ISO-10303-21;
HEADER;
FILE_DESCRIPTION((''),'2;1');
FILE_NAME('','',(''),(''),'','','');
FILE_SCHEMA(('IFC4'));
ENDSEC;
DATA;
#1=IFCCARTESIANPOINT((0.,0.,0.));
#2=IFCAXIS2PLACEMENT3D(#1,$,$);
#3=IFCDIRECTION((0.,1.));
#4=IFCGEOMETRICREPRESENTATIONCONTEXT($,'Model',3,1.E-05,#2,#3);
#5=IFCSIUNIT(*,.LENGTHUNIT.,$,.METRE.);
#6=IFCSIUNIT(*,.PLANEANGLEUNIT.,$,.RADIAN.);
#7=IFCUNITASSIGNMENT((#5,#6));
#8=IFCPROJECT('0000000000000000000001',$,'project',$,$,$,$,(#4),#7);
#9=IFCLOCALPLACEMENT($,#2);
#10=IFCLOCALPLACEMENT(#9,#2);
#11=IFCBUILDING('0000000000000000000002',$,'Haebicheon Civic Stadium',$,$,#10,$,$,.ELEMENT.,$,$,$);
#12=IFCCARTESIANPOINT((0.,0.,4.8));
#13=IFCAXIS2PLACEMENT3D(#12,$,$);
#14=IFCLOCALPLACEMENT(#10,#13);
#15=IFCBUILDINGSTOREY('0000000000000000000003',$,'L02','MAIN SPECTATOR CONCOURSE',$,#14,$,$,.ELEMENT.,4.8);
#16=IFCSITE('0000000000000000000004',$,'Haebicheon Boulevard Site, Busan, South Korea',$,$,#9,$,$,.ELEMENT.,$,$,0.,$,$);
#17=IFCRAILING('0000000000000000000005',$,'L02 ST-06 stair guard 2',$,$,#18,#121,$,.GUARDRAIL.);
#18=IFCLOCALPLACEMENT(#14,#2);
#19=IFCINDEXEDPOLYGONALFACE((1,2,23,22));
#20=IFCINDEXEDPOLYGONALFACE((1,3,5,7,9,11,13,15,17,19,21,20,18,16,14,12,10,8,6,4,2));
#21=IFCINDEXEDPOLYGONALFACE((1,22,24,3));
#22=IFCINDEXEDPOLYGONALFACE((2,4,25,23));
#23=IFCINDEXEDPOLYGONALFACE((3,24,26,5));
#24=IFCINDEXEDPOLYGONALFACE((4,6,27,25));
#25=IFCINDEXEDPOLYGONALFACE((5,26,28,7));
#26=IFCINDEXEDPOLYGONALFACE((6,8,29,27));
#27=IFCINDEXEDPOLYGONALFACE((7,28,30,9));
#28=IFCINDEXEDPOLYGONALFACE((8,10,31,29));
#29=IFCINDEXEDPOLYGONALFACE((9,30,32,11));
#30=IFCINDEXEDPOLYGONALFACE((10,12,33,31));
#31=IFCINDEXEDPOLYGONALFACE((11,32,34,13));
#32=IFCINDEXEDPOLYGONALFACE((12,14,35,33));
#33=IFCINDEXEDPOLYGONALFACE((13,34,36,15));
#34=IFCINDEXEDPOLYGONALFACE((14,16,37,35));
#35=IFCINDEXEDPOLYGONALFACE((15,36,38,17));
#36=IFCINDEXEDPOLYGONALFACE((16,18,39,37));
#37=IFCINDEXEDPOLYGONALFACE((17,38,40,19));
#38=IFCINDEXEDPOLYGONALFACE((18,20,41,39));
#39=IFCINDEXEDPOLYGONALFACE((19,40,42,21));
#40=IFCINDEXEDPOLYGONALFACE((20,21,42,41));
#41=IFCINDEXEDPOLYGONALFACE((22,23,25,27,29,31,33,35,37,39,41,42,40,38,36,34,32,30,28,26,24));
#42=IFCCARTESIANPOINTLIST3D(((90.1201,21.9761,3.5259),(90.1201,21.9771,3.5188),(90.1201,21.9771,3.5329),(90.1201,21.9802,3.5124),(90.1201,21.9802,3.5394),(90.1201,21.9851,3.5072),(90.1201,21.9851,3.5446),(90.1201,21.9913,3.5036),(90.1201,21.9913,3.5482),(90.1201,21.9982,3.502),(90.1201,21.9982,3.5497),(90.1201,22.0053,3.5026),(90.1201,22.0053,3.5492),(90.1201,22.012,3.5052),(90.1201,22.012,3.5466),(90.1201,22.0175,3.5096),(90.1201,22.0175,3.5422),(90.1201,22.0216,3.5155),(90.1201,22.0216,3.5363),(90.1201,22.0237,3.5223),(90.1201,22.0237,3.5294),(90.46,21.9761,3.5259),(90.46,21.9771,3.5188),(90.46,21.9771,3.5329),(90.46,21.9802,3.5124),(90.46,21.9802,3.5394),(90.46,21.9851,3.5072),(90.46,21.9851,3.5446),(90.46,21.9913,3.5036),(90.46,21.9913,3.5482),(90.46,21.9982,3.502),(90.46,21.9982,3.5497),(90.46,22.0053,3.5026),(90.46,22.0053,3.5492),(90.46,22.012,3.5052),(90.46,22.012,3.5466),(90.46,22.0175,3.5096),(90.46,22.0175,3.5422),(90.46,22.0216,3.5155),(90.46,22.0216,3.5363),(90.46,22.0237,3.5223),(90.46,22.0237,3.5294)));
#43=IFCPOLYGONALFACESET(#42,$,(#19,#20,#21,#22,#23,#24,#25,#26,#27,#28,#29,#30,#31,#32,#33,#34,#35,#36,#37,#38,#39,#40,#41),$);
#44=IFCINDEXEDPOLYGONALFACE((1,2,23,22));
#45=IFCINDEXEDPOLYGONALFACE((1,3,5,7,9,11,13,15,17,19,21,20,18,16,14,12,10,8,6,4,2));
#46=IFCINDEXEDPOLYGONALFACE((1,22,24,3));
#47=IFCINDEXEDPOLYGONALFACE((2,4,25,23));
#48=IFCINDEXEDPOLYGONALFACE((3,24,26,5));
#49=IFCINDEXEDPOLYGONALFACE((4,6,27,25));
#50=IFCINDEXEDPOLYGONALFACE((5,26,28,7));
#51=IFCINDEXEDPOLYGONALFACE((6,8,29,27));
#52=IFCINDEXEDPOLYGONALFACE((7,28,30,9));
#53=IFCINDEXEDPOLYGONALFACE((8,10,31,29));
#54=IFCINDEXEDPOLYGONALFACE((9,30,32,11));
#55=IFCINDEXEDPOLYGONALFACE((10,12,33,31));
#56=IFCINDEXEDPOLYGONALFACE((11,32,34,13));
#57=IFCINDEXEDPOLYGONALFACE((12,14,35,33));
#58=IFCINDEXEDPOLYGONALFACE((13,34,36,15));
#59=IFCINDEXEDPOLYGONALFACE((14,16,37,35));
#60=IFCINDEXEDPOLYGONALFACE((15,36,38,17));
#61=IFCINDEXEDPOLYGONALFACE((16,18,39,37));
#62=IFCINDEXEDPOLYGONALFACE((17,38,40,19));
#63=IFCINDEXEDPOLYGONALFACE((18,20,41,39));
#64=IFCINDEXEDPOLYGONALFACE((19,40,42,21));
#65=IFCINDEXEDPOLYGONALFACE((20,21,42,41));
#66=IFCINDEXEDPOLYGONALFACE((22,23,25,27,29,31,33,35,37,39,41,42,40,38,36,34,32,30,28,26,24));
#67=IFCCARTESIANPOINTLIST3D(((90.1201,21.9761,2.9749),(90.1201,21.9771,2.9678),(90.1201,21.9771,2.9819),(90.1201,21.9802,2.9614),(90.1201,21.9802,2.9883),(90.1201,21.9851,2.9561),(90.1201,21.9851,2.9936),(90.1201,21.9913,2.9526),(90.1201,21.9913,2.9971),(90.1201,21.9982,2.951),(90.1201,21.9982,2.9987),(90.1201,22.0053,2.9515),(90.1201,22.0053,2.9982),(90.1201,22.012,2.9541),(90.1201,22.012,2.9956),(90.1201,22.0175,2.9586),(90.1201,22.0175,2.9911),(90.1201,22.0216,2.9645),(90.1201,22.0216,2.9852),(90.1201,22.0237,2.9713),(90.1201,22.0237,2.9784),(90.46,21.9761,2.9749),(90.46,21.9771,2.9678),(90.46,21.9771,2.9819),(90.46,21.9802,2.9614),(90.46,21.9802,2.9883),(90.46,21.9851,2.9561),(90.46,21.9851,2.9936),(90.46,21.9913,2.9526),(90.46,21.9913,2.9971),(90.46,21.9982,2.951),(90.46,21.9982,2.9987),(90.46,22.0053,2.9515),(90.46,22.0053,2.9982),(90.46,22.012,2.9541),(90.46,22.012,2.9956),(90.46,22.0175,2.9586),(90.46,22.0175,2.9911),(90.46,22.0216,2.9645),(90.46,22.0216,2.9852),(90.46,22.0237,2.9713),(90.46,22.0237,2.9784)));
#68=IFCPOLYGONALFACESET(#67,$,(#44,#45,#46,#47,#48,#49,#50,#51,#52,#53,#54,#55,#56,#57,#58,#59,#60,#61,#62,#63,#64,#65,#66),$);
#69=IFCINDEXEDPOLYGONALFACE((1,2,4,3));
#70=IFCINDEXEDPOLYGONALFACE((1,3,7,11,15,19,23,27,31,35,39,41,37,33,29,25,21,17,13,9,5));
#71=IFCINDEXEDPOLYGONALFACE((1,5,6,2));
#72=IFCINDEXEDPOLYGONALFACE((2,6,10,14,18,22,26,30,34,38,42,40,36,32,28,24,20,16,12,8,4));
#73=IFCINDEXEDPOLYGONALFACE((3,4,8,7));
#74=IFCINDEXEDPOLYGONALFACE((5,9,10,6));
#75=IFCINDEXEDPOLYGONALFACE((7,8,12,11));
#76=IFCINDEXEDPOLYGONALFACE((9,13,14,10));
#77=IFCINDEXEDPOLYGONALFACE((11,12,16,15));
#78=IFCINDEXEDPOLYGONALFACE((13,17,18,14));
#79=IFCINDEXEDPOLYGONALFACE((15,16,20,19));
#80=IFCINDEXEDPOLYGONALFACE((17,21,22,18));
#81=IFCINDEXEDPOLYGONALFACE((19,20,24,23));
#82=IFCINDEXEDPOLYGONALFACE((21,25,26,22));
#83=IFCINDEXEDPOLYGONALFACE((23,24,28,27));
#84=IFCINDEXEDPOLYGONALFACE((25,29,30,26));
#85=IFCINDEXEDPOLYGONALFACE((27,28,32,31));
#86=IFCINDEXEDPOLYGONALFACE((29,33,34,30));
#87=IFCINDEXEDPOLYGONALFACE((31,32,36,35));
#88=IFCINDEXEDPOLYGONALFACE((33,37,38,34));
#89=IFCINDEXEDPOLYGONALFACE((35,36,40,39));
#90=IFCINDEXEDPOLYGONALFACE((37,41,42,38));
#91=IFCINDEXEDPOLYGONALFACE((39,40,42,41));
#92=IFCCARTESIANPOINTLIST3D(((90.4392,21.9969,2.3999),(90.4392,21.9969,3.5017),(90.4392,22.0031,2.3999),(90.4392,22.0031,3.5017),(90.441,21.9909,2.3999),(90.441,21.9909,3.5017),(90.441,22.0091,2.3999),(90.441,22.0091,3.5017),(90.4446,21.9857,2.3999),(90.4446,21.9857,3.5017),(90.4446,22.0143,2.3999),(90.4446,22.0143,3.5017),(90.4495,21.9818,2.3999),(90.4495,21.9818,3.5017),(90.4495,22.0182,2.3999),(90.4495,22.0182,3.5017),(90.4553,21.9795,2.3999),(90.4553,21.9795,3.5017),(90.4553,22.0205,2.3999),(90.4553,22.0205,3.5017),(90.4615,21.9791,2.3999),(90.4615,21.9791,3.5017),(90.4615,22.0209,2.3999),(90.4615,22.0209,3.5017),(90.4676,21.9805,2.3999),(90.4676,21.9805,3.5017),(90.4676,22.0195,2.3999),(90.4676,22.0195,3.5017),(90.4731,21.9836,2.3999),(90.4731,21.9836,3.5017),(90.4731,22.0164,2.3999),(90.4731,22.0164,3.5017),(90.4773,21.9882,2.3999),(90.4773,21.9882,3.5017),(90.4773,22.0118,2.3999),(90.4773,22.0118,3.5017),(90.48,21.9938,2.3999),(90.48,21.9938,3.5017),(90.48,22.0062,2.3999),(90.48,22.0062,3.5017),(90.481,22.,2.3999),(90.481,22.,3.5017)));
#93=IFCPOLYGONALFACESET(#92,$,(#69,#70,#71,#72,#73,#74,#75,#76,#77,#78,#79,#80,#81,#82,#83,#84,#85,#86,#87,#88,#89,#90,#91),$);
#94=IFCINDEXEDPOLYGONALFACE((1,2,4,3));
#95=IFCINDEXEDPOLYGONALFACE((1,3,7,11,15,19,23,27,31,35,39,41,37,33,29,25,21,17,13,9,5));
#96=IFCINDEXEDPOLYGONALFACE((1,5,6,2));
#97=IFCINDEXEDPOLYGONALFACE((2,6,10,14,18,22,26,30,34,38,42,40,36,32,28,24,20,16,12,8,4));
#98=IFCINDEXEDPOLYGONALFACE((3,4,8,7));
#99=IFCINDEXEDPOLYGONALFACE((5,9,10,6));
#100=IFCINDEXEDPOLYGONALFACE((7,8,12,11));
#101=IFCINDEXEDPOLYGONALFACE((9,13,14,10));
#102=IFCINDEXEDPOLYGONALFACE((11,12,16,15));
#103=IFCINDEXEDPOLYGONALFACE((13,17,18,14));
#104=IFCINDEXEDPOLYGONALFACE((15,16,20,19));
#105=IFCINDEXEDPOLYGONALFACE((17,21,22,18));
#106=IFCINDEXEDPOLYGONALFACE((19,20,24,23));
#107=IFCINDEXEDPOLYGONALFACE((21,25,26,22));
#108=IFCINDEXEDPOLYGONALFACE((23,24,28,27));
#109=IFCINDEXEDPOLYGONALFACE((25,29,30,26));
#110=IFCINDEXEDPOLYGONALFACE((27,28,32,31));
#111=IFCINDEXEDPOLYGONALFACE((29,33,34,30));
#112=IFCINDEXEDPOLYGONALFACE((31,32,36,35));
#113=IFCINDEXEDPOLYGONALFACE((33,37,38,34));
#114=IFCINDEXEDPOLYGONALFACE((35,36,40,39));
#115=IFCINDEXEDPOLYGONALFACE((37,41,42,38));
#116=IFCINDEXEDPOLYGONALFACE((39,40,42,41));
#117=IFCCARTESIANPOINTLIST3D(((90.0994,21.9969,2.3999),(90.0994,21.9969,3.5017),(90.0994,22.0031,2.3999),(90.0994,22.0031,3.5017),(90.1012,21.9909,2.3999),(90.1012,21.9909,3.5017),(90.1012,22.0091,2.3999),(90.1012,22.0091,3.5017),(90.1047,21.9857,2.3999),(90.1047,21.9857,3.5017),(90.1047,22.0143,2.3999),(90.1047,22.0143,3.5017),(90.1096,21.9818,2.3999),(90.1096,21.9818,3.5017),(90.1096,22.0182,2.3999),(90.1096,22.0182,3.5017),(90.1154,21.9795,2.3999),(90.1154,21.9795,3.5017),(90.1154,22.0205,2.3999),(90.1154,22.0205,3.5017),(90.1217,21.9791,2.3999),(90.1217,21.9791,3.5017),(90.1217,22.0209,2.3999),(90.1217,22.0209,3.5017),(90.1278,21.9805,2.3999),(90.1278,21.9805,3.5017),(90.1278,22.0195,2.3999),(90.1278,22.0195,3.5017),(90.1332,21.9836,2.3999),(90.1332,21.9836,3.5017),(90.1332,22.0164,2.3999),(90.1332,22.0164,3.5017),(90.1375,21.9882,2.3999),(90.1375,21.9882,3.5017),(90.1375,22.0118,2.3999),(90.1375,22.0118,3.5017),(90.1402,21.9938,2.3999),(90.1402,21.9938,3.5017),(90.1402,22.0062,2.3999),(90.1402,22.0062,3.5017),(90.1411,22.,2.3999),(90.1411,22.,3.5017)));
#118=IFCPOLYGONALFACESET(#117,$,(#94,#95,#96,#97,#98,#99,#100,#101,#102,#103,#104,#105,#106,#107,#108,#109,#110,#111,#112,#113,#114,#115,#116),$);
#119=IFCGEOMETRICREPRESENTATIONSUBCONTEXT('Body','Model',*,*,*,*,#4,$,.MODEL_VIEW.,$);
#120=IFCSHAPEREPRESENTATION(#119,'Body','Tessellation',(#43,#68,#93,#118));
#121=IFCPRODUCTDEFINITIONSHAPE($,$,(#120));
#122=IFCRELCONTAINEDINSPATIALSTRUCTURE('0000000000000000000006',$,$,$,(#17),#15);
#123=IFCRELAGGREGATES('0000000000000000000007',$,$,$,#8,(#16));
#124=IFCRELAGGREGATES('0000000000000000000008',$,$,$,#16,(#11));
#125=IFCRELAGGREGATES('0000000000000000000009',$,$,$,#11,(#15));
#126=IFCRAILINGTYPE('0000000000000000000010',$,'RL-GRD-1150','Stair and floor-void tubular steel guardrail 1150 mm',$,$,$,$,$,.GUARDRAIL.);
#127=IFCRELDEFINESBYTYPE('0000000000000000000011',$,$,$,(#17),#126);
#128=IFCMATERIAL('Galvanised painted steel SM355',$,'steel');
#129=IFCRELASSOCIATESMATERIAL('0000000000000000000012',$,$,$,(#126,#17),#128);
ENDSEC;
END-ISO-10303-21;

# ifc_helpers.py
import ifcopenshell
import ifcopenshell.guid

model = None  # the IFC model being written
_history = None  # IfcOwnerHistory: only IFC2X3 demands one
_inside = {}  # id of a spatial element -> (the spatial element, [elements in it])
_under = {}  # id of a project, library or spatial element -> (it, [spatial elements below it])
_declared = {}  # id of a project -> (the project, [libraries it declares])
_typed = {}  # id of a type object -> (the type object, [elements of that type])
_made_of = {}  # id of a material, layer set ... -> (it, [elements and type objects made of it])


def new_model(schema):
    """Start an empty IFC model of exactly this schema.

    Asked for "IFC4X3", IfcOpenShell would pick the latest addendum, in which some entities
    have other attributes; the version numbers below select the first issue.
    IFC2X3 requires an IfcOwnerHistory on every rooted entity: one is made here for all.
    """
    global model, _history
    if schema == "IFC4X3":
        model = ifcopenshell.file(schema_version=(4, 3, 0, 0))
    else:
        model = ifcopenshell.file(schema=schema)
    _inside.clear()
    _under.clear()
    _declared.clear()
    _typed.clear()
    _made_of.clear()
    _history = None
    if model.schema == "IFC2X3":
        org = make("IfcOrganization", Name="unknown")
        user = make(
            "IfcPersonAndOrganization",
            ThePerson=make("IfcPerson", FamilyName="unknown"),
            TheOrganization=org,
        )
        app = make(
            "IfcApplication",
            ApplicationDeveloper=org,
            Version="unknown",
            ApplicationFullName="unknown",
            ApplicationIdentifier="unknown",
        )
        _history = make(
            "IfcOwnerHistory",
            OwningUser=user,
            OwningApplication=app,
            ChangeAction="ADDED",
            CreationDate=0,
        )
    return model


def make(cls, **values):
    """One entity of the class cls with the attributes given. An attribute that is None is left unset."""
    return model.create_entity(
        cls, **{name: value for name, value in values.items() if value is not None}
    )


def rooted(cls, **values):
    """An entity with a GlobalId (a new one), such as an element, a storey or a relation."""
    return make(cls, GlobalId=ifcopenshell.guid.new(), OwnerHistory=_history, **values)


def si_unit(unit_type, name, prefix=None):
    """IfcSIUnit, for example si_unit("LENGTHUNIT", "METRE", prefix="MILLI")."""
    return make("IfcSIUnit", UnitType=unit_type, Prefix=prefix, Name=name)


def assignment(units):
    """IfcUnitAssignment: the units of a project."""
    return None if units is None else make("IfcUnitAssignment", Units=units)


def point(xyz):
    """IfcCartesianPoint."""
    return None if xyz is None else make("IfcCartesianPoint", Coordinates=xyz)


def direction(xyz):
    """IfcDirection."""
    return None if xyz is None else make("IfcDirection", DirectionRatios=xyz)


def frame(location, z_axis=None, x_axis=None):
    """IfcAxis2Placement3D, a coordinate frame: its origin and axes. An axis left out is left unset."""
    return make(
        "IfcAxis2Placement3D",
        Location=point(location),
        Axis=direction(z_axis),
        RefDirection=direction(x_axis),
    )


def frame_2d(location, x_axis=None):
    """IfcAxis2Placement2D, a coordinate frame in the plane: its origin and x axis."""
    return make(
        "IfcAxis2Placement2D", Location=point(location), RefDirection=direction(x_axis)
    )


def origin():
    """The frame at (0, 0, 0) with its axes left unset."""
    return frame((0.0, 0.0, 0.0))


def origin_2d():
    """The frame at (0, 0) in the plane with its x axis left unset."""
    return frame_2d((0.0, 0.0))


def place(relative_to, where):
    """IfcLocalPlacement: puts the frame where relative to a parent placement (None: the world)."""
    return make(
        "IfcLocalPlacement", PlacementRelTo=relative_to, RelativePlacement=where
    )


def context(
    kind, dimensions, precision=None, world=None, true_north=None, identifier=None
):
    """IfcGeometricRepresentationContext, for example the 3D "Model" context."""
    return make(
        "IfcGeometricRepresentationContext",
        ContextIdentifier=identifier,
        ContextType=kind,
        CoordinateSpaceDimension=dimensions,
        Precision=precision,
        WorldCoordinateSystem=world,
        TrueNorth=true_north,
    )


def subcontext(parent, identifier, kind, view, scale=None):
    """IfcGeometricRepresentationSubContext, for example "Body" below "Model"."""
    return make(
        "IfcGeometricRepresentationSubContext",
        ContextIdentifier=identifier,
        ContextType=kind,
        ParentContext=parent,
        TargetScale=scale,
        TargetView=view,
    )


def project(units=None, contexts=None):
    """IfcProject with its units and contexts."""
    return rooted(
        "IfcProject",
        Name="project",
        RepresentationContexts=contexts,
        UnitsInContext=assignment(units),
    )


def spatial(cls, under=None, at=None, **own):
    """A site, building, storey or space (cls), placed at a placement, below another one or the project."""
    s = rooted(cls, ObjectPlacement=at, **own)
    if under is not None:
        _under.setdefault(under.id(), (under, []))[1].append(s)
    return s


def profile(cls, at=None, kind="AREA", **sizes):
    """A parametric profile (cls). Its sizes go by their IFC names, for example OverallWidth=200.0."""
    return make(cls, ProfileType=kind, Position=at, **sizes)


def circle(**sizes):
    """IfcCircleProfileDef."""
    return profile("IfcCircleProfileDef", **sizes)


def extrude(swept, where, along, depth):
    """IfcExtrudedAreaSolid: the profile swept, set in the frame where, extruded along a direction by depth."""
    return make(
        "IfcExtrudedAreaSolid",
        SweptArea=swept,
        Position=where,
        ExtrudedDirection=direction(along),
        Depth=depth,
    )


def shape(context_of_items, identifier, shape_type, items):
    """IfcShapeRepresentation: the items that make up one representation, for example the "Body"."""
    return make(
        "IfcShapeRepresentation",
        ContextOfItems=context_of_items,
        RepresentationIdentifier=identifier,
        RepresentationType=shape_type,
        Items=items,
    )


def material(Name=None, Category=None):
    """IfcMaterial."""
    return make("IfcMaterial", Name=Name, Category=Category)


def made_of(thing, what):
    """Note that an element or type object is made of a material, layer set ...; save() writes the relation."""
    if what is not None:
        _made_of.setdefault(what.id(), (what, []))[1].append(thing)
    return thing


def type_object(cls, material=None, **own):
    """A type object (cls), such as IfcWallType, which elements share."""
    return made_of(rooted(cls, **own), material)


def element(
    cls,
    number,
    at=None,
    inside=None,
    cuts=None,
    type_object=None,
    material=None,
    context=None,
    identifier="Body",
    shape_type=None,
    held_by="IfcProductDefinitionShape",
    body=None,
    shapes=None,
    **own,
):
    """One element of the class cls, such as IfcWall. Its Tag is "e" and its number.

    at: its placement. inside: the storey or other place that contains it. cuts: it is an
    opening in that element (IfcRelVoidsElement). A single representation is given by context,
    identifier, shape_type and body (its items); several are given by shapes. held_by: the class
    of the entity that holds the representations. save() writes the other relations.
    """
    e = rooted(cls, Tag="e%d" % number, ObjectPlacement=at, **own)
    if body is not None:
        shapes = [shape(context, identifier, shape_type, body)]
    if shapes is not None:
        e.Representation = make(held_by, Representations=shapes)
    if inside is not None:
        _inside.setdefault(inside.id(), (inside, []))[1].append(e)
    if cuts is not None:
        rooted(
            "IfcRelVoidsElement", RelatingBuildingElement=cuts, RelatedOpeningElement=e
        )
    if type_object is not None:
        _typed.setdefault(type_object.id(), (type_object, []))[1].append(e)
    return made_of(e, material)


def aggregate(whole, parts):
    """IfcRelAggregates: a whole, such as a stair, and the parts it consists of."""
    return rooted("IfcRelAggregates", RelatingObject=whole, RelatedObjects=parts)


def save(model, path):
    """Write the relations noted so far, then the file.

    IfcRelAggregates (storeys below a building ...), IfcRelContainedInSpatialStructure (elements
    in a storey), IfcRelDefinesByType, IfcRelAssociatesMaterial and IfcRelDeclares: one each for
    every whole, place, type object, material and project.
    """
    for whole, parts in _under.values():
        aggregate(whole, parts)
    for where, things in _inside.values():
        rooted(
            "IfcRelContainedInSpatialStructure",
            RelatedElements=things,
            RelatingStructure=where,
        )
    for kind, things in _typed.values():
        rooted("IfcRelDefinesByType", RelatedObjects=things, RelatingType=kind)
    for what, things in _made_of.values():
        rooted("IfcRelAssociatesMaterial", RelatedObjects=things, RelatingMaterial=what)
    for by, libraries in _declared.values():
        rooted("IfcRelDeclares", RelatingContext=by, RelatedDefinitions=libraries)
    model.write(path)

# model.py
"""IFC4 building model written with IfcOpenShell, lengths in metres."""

from ifc_helpers import new_model, si_unit, direction, frame, origin, origin_2d, place, context, subcontext, project, spatial, circle, extrude, material, type_object, element, save


model = new_model("IFC4")

# Units and contexts
model_context = context("Model", 3, precision=1e-05, world=origin(), true_north=direction((0.0, 1.0)))
body_context = subcontext(model_context, "Body", "Model", "MODEL_VIEW")
ifc_project = project(units=[si_unit("LENGTHUNIT", "METRE"), si_unit("PLANEANGLEUNIT", "RADIAN")], contexts=[model_context])

# Site, building, storey
site_placement = place(None, origin())
site = spatial("IfcSite", under=ifc_project, at=site_placement, Name="Haebicheon Boulevard Site, Busan, South Korea", CompositionType="ELEMENT", RefElevation=0.0)
building_placement = place(site_placement, origin())
building = spatial("IfcBuilding", under=site, at=building_placement, Name="Haebicheon Civic Stadium", CompositionType="ELEMENT")
storey_placement = place(building_placement, frame((0.0, 0.0, 4.8)))
storey = spatial("IfcBuildingStorey", under=building, at=storey_placement, Name="L02", Description="MAIN SPECTATOR CONCOURSE", CompositionType="ELEMENT", Elevation=4.8)

# Railing
ifc_material_1 = material(Name="Galvanised painted steel SM355", Category="steel")
railing_type_1 = type_object("IfcRailingType", Name="RL-GRD-1150", Description="Stair and floor-void tubular steel guardrail 1150 mm", PredefinedType="GUARDRAIL", material=ifc_material_1)
railing_1_placement = place(storey_placement, frame((90.46, 22.0, 2.3999)))
element("IfcRailing", 1, at=railing_1_placement, inside=storey, type_object=railing_type_1, material=ifc_material_1, Name="L02 ST-06 stair guard 2", PredefinedType="GUARDRAIL", context=body_context, shape_type="SweptSolid", body=[
    extrude(circle(Radius=0.0239, at=origin_2d()), frame((0.0, 0.0, 1.126), z_axis=(-1.0, 0.0, 0.0), x_axis=(0.0, -1.0, 0.0)), (0.0, 0.0, 1.0), 0.3398),
    extrude(circle(Radius=0.0239, at=origin_2d()), frame((0.0, 0.0, 0.575), z_axis=(-1.0, 0.0, 0.0), x_axis=(0.0, -1.0, 0.0)), (0.0, 0.0, 1.0), 0.3398),
    extrude(circle(Radius=0.021, at=origin_2d()), origin(), (0.0, 0.0, 1.0), 1.1018),
    extrude(circle(Radius=0.021, at=origin_2d()), frame((-0.3398, 0.0, 0.0)), (0.0, 0.0, 1.0), 1.1018),
])

save(model, "model.ifc")
